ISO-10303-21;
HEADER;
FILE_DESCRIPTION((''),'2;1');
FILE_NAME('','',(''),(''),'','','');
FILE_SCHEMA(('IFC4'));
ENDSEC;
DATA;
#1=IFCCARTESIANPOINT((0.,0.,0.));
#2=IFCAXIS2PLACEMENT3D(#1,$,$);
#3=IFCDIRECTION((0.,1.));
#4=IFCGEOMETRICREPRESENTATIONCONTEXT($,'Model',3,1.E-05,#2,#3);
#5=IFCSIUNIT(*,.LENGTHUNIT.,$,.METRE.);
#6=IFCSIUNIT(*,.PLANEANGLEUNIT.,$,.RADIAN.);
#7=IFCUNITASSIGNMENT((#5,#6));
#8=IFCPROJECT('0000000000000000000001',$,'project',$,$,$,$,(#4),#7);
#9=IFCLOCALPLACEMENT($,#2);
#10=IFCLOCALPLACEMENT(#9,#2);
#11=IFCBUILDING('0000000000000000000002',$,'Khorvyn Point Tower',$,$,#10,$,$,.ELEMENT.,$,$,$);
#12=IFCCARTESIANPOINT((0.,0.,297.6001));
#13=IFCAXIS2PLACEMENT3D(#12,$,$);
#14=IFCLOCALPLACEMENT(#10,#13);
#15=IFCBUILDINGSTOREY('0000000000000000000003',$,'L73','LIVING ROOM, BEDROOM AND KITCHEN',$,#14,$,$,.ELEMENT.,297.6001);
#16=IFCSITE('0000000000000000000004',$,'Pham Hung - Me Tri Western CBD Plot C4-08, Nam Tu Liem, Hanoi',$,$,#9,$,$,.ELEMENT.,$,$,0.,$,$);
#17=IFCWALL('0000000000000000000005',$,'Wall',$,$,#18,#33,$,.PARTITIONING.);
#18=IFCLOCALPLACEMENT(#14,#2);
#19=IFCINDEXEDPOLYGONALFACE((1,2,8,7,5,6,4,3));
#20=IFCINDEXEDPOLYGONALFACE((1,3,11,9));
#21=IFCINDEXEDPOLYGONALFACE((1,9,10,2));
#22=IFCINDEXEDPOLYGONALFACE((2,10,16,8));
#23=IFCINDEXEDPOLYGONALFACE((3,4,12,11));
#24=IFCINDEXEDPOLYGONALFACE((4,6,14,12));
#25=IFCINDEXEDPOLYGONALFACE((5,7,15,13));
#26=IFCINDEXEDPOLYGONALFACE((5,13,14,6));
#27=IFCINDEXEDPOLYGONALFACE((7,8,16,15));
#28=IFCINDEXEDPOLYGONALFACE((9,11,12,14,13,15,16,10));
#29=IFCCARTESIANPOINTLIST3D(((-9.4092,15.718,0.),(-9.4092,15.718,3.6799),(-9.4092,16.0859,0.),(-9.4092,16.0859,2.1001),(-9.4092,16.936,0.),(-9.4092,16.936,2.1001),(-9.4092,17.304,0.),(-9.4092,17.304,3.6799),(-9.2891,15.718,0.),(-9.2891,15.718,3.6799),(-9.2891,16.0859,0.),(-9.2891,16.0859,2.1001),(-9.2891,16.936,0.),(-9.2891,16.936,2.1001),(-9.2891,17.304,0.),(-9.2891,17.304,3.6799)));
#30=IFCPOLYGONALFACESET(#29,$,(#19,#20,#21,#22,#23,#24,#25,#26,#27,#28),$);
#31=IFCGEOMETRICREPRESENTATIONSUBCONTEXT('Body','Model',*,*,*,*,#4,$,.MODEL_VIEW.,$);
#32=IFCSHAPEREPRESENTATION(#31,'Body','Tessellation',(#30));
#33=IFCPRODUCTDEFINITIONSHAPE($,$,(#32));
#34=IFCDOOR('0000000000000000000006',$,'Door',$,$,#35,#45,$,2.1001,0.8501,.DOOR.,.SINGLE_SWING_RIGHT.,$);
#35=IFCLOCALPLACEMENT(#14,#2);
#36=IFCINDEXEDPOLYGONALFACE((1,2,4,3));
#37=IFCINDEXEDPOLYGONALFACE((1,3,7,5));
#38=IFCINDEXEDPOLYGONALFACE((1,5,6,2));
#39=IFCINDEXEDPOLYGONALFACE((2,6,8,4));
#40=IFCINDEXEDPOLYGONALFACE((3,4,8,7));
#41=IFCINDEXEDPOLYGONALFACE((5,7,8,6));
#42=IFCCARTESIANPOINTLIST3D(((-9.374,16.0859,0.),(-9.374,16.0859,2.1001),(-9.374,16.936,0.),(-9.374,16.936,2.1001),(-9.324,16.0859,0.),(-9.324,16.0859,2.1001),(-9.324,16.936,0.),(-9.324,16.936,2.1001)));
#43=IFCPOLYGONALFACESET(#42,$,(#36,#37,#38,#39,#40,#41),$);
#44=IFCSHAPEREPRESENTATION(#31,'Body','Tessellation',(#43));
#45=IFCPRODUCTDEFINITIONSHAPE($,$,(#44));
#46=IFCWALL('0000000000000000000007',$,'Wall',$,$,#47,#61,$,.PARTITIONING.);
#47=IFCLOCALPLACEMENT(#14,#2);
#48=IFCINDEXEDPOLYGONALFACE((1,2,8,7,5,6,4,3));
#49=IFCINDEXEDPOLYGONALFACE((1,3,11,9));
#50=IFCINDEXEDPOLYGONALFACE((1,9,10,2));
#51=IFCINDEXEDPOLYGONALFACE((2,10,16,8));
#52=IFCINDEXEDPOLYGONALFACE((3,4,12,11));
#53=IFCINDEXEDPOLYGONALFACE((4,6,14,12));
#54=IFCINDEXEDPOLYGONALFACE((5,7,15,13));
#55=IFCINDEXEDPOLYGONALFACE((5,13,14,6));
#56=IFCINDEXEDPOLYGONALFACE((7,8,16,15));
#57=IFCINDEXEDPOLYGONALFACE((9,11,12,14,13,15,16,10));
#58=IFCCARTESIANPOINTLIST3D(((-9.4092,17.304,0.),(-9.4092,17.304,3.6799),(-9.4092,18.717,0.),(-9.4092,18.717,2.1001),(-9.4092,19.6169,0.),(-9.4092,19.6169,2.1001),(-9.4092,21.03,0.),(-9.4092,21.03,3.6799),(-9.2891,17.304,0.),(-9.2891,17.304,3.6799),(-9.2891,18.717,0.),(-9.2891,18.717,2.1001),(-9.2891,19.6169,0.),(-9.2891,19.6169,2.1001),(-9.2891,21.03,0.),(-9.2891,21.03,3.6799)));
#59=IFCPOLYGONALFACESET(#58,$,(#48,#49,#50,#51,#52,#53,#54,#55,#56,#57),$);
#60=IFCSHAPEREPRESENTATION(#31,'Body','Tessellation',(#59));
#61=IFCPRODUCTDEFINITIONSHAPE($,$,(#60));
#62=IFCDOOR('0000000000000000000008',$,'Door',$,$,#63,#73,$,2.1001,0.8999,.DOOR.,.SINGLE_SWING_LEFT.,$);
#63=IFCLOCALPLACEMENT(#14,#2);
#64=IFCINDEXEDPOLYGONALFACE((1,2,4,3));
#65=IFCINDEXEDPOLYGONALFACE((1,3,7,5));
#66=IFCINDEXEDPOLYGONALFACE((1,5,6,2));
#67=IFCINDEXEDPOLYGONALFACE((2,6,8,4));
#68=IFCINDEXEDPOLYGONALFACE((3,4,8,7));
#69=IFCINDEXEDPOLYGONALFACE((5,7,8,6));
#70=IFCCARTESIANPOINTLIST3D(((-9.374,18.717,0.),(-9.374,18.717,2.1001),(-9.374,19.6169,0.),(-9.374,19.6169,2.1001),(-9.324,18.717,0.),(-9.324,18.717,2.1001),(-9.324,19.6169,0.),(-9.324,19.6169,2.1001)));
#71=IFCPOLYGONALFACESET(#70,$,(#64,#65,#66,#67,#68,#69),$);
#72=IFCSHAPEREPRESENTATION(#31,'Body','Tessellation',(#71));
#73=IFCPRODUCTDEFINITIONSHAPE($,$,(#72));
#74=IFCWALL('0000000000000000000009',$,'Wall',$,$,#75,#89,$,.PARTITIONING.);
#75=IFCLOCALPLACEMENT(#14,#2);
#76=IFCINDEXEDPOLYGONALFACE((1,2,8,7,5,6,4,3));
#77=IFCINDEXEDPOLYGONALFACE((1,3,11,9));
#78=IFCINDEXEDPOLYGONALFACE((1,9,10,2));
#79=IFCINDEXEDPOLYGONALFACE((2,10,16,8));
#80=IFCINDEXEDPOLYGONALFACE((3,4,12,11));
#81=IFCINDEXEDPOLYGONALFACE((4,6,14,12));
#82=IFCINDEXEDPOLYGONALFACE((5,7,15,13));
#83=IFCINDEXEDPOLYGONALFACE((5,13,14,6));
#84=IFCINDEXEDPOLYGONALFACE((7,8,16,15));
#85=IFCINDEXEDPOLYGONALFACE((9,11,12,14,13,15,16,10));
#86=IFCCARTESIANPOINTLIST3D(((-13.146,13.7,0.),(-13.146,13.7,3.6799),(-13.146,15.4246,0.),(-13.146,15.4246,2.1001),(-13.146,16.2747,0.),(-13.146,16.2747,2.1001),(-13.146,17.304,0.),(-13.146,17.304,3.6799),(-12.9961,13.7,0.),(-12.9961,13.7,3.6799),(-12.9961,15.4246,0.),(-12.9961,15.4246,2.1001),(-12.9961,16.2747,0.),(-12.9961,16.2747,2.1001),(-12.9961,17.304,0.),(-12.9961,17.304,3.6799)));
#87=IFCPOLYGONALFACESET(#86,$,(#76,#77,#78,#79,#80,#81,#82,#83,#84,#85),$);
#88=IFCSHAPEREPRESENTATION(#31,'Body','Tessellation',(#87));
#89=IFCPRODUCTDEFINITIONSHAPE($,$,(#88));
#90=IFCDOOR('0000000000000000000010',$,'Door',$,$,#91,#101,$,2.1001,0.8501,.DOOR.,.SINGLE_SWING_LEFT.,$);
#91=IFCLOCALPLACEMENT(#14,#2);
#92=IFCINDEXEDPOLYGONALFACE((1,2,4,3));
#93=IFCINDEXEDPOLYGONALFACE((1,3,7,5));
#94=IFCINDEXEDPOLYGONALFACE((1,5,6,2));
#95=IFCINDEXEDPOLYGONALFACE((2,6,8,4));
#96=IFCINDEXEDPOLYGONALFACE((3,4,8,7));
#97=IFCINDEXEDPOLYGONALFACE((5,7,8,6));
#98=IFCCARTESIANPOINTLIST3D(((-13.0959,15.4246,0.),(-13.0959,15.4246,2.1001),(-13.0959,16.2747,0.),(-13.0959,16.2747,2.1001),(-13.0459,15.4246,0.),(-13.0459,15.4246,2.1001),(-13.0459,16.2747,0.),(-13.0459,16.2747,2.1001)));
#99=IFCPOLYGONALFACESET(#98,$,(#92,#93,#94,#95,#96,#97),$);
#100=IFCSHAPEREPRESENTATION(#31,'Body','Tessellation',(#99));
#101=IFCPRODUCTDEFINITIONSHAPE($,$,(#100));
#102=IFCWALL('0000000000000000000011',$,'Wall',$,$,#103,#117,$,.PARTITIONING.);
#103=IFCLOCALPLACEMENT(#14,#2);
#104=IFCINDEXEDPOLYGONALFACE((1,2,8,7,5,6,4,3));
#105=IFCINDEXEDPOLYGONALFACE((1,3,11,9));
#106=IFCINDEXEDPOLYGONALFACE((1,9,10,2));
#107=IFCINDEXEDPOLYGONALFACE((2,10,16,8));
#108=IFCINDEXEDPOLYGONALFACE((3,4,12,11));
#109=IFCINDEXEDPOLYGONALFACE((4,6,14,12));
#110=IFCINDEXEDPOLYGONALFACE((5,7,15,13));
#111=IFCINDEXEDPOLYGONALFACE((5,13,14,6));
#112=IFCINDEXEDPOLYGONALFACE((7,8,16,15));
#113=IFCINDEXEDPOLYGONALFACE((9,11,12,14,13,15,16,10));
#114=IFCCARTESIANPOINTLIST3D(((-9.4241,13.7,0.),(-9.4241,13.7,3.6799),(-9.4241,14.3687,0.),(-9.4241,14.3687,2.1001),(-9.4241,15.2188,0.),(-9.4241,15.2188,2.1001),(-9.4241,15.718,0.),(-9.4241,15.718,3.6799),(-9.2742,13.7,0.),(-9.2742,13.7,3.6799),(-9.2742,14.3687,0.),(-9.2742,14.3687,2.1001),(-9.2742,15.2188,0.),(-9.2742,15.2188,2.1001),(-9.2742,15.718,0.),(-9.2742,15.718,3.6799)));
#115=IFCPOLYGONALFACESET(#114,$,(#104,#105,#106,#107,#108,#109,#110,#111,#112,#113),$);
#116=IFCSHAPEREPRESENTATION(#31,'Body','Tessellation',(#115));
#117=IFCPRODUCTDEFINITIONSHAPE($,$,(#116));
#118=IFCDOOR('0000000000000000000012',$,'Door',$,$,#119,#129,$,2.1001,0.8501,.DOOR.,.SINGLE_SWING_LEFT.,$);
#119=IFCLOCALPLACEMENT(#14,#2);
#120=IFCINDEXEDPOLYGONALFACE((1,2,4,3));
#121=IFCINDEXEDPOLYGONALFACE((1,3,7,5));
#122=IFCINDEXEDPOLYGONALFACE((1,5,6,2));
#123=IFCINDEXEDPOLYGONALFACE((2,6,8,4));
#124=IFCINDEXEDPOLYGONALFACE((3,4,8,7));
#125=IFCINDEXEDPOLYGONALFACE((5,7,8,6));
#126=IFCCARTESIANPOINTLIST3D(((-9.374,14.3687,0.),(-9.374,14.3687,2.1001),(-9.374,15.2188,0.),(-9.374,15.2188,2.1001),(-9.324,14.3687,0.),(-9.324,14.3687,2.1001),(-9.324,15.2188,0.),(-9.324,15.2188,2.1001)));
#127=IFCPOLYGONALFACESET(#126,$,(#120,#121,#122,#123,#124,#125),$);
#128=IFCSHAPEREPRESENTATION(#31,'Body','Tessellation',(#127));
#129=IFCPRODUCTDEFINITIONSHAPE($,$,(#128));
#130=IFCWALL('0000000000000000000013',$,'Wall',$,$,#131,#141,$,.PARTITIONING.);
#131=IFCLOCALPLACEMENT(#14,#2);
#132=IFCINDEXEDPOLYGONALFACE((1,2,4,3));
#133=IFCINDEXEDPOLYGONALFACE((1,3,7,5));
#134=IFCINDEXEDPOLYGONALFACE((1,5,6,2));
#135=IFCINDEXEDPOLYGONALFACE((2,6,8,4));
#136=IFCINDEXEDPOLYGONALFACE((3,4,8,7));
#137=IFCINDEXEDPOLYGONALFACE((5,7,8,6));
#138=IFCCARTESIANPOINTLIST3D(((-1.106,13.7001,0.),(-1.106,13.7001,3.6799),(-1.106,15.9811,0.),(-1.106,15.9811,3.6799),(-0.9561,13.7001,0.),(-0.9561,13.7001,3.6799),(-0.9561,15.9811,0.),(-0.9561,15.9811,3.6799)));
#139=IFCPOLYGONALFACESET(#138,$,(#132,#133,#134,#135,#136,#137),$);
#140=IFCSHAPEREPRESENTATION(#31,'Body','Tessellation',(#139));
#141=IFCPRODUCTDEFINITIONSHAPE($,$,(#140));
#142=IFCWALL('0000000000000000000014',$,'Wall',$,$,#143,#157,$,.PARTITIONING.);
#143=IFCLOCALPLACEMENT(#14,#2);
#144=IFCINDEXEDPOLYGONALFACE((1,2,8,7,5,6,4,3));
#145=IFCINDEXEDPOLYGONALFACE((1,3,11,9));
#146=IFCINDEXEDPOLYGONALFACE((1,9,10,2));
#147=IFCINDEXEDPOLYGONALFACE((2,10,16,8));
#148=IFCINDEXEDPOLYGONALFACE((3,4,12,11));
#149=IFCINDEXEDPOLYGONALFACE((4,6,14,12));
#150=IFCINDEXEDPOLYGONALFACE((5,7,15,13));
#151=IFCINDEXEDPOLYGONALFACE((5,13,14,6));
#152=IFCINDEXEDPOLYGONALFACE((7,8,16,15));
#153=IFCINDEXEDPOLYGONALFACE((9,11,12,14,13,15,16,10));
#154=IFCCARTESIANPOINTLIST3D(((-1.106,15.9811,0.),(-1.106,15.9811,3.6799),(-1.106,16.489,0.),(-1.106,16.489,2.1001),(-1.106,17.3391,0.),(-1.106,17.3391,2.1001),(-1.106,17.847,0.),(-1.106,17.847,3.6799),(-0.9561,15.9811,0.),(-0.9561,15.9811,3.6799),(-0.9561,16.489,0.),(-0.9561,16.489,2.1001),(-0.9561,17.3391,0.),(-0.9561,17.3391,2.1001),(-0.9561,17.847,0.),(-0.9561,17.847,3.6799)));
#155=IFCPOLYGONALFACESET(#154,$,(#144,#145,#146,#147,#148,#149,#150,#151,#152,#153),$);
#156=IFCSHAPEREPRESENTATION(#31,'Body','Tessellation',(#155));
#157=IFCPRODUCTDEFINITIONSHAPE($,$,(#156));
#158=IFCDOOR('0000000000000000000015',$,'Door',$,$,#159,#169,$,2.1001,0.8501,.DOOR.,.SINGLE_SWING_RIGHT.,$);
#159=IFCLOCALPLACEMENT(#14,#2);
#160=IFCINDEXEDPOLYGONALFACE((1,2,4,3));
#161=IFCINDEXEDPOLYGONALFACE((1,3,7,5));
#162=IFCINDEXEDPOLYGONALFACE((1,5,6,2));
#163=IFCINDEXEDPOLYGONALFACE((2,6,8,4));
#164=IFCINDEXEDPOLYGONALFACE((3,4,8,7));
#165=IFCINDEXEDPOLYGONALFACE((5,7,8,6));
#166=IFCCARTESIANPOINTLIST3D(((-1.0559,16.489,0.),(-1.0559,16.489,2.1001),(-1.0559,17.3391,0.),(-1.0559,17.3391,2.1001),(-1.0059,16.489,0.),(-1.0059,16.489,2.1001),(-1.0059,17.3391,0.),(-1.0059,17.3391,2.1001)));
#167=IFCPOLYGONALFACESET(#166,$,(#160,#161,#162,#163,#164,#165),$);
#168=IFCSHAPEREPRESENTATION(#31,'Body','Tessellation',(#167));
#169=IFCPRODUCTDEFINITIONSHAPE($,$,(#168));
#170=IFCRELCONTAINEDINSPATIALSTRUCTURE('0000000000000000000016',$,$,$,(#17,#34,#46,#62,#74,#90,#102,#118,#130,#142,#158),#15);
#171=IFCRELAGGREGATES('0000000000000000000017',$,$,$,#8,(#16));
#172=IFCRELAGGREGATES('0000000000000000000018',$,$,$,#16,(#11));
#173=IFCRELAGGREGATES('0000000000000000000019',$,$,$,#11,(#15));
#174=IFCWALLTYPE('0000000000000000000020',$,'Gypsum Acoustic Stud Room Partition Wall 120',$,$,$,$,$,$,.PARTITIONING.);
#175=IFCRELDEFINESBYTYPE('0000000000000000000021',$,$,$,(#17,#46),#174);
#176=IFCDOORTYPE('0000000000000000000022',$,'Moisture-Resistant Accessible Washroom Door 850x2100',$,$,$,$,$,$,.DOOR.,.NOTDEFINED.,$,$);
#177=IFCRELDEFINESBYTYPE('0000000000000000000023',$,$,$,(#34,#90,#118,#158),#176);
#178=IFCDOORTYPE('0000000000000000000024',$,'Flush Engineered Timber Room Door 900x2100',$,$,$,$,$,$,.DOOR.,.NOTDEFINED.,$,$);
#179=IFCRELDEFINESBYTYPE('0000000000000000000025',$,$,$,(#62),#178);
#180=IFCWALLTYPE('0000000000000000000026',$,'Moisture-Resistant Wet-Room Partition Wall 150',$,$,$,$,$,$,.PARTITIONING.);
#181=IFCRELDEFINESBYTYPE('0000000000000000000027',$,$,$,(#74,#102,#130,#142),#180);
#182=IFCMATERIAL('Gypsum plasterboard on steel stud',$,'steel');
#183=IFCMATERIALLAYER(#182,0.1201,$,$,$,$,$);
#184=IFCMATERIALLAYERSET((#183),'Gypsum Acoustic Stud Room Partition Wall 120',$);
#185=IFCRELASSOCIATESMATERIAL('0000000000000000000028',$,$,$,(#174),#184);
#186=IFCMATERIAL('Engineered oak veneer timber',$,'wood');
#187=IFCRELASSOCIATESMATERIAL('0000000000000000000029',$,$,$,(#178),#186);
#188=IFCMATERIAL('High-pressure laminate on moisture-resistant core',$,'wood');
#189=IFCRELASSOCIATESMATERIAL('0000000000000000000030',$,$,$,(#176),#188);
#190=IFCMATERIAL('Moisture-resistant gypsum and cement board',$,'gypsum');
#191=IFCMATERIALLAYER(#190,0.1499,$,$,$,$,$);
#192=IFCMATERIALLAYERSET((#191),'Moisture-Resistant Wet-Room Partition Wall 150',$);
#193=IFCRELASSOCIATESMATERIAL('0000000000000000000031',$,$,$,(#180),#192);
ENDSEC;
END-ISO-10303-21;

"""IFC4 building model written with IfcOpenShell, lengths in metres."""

from ifc_helpers import new_model, si_unit, direction, frame, frame_2d, origin, place, context, subcontext, project, spatial, rectangle, extrude, material, layer, layer_set, type_object, element, fill, save


model = new_model("IFC4")

# Units and contexts
model_context = context("Model", 3, precision=1e-05, world=origin(), true_north=direction((0.0, 1.0)))
body_context = subcontext(model_context, "Body", "Model", "MODEL_VIEW")
ifc_project = project(units=[si_unit("LENGTHUNIT", "METRE"), si_unit("PLANEANGLEUNIT", "RADIAN")], contexts=[model_context])

# Site, building, storey
site_placement = place(None, origin())
site = spatial("IfcSite", under=ifc_project, at=site_placement, Name="Pham Hung - Me Tri Western CBD Plot C4-08, Nam Tu Liem, Hanoi", CompositionType="ELEMENT", RefElevation=0.0)
building_placement = place(site_placement, origin())
building = spatial("IfcBuilding", under=site, at=building_placement, Name="Khorvyn Point Tower", CompositionType="ELEMENT")
storey_placement = place(building_placement, frame((0.0, 0.0, 297.6001)))
storey = spatial("IfcBuildingStorey", under=building, at=storey_placement, Name="L73", Description="LIVING ROOM, BEDROOM AND KITCHEN", CompositionType="ELEMENT", Elevation=297.6001)

# Walls, openings, doors
ifc_material_1 = material(Name="Gypsum plasterboard on steel stud", Category="steel")
ifc_layer_1 = layer(ifc_material_1, 0.1201)
ifc_layer_set_1 = layer_set([ifc_layer_1], Name="Gypsum Acoustic Stud Room Partition Wall 120")
wall_type_1 = type_object("IfcWallType", Name="Gypsum Acoustic Stud Room Partition Wall 120", PredefinedType="PARTITIONING", material=ifc_layer_set_1)
ifc_material_2 = material(Name="Engineered oak veneer timber", Category="wood")
door_type_1 = type_object("IfcDoorType", Name="Flush Engineered Timber Room Door 900x2100", OperationType="NOTDEFINED", PredefinedType="DOOR", material=ifc_material_2)
wall_1_placement = place(storey_placement, frame((-9.3491, 15.718, 0.0), z_axis=(0.0, 0.0, 1.0), x_axis=(0.0, 1.0, 0.0)))
wall_1 = element("IfcWall", 1, at=wall_1_placement, inside=storey, type_object=wall_type_1, Name="Wall", PredefinedType="PARTITIONING", context=body_context, shape_type="SweptSolid", body=[
    extrude(rectangle(XDim=1.5859, YDim=0.1201, at=frame_2d((0.793, 0.0))), origin(), (0.0, 0.0, 1.0), 3.6799),
])
opening_1_placement = place(wall_1_placement, frame((0.3679, 0.0, 0.0)))
opening_1 = element("IfcOpeningElement", 2, at=opening_1_placement, cuts=wall_1, PredefinedType="OPENING", context=body_context, shape_type="SweptSolid", body=[
    extrude(rectangle(XDim=0.8501, YDim=2.1001, at=frame_2d((0.425, 1.05))), frame((0.0, 0.0701, 0.0), z_axis=(0.0, -1.0, 0.0), x_axis=(1.0, 0.0, 0.0)), (0.0, 0.0, 1.0), 0.1401),
])
ifc_material_3 = material(Name="High-pressure laminate on moisture-resistant core", Category="wood")
door_type_2 = type_object("IfcDoorType", Name="Moisture-Resistant Accessible Washroom Door 850x2100", OperationType="NOTDEFINED", PredefinedType="DOOR", material=ifc_material_3)
door_1_placement = place(opening_1_placement, origin())
door_1 = element("IfcDoor", 3, at=door_1_placement, inside=storey, type_object=door_type_2, Name="Door", OperationType="SINGLE_SWING_RIGHT", OverallHeight=2.1001, OverallWidth=0.8501, PredefinedType="DOOR", context=body_context, shape_type="SweptSolid", body=[
    extrude(rectangle(XDim=0.8501, YDim=2.1001, at=frame_2d((0.425, 1.05))), frame((0.0, 0.0249, 0.0), z_axis=(0.0, -1.0, 0.0), x_axis=(1.0, 0.0, 0.0)), (0.0, 0.0, 1.0), 0.05),
])
fill(opening_1, door_1)
wall_2_placement = place(storey_placement, frame((-9.3491, 17.304, 0.0), z_axis=(0.0, 0.0, 1.0), x_axis=(0.0, 1.0, 0.0)))
wall_2 = element("IfcWall", 4, at=wall_2_placement, inside=storey, type_object=wall_type_1, Name="Wall", PredefinedType="PARTITIONING", context=body_context, shape_type="SweptSolid", body=[
    extrude(rectangle(XDim=3.7261, YDim=0.1201, at=frame_2d((1.863, 0.0))), origin(), (0.0, 0.0, 1.0), 3.6799),
])
opening_2_placement = place(wall_2_placement, frame((1.4131, 0.0, 0.0)))
opening_2 = element("IfcOpeningElement", 5, at=opening_2_placement, cuts=wall_2, PredefinedType="OPENING", context=body_context, shape_type="SweptSolid", body=[
    extrude(rectangle(XDim=0.8999, YDim=2.1001, at=frame_2d((0.45, 1.05))), frame((0.0, 0.0701, 0.0), z_axis=(0.0, -1.0, 0.0), x_axis=(1.0, 0.0, 0.0)), (0.0, 0.0, 1.0), 0.1401),
])
door_2_placement = place(opening_2_placement, origin())
door_2 = element("IfcDoor", 6, at=door_2_placement, inside=storey, type_object=door_type_1, Name="Door", OperationType="SINGLE_SWING_LEFT", OverallHeight=2.1001, OverallWidth=0.8999, PredefinedType="DOOR", context=body_context, shape_type="SweptSolid", body=[
    extrude(rectangle(XDim=0.8999, YDim=2.1001, at=frame_2d((0.45, 1.05))), frame((0.0, 0.0249, 0.0), z_axis=(0.0, -1.0, 0.0), x_axis=(1.0, 0.0, 0.0)), (0.0, 0.0, 1.0), 0.05),
])
fill(opening_2, door_2)
ifc_material_4 = material(Name="Moisture-resistant gypsum and cement board", Category="gypsum")
ifc_layer_2 = layer(ifc_material_4, 0.1499)
ifc_layer_set_2 = layer_set([ifc_layer_2], Name="Moisture-Resistant Wet-Room Partition Wall 150")
wall_type_2 = type_object("IfcWallType", Name="Moisture-Resistant Wet-Room Partition Wall 150", PredefinedType="PARTITIONING", material=ifc_layer_set_2)
wall_3_placement = place(storey_placement, frame((-13.071, 13.7, 0.0), z_axis=(0.0, 0.0, 1.0), x_axis=(0.0, 1.0, 0.0)))
wall_3 = element("IfcWall", 7, at=wall_3_placement, inside=storey, type_object=wall_type_2, Name="Wall", PredefinedType="PARTITIONING", context=body_context, shape_type="SweptSolid", body=[
    extrude(rectangle(XDim=3.604, YDim=0.1499, at=frame_2d((1.802, 0.0))), origin(), (0.0, 0.0, 1.0), 3.6799),
])
opening_3_placement = place(wall_3_placement, frame((1.7246, 0.0, 0.0)))
opening_3 = element("IfcOpeningElement", 8, at=opening_3_placement, cuts=wall_3, PredefinedType="OPENING", context=body_context, shape_type="SweptSolid", body=[
    extrude(rectangle(XDim=0.8501, YDim=2.1001, at=frame_2d((0.425, 1.05))), frame((0.0, 0.085, 0.0), z_axis=(0.0, -1.0, 0.0), x_axis=(1.0, 0.0, 0.0)), (0.0, 0.0, 1.0), 0.1699),
])
door_3_placement = place(opening_3_placement, origin())
door_3 = element("IfcDoor", 9, at=door_3_placement, inside=storey, type_object=door_type_2, Name="Door", OperationType="SINGLE_SWING_LEFT", OverallHeight=2.1001, OverallWidth=0.8501, PredefinedType="DOOR", context=body_context, shape_type="SweptSolid", body=[
    extrude(rectangle(XDim=0.8501, YDim=2.1001, at=frame_2d((0.425, 1.05))), frame((0.0, 0.0249, 0.0), z_axis=(0.0, -1.0, 0.0), x_axis=(1.0, 0.0, 0.0)), (0.0, 0.0, 1.0), 0.05),
])
fill(opening_3, door_3)
wall_4_placement = place(storey_placement, frame((-9.3491, 13.7, 0.0), z_axis=(0.0, 0.0, 1.0), x_axis=(0.0, 1.0, 0.0)))
wall_4 = element("IfcWall", 10, at=wall_4_placement, inside=storey, type_object=wall_type_2, Name="Wall", PredefinedType="PARTITIONING", context=body_context, shape_type="SweptSolid", body=[
    extrude(rectangle(XDim=2.0181, YDim=0.1499, at=frame_2d((1.009, 0.0))), origin(), (0.0, 0.0, 1.0), 3.6799),
])
opening_4_placement = place(wall_4_placement, frame((0.6687, 0.0, 0.0)))
opening_4 = element("IfcOpeningElement", 11, at=opening_4_placement, cuts=wall_4, PredefinedType="OPENING", context=body_context, shape_type="SweptSolid", body=[
    extrude(rectangle(XDim=0.8501, YDim=2.1001, at=frame_2d((0.425, 1.05))), frame((0.0, 0.085, 0.0), z_axis=(0.0, -1.0, 0.0), x_axis=(1.0, 0.0, 0.0)), (0.0, 0.0, 1.0), 0.1699),
])
door_4_placement = place(opening_4_placement, origin())
door_4 = element("IfcDoor", 12, at=door_4_placement, inside=storey, type_object=door_type_2, Name="Door", OperationType="SINGLE_SWING_LEFT", OverallHeight=2.1001, OverallWidth=0.8501, PredefinedType="DOOR", context=body_context, shape_type="SweptSolid", body=[
    extrude(rectangle(XDim=0.8501, YDim=2.1001, at=frame_2d((0.425, 1.05))), frame((0.0, 0.0249, 0.0), z_axis=(0.0, -1.0, 0.0), x_axis=(1.0, 0.0, 0.0)), (0.0, 0.0, 1.0), 0.05),
])
fill(opening_4, door_4)

# Wall
wall_5_placement = place(storey_placement, frame((-1.031, 13.7, 0.0), z_axis=(0.0, 0.0, 1.0), x_axis=(0.0, 1.0, 0.0)))
element("IfcWall", 13, at=wall_5_placement, inside=storey, type_object=wall_type_2, Name="Wall", PredefinedType="PARTITIONING", context=body_context, shape_type="SweptSolid", body=[
    extrude(rectangle(XDim=2.281, YDim=0.1499, at=frame_2d((1.1406, 0.0))), origin(), (0.0, 0.0, 1.0), 3.6799),
])

# Wall, opening, door
wall_6_placement = place(storey_placement, frame((-1.031, 15.981, 0.0), z_axis=(0.0, 0.0, 1.0), x_axis=(0.0, 1.0, 0.0)))
wall_6 = element("IfcWall", 14, at=wall_6_placement, inside=storey, type_object=wall_type_2, Name="Wall", PredefinedType="PARTITIONING", context=body_context, shape_type="SweptSolid", body=[
    extrude(rectangle(XDim=1.866, YDim=0.1499, at=frame_2d((0.9331, 0.0))), origin(), (0.0, 0.0, 1.0), 3.6799),
])
opening_5_placement = place(wall_6_placement, frame((0.5081, 0.0, 0.0)))
opening_5 = element("IfcOpeningElement", 15, at=opening_5_placement, cuts=wall_6, PredefinedType="OPENING", context=body_context, shape_type="SweptSolid", body=[
    extrude(rectangle(XDim=0.8501, YDim=2.1001, at=frame_2d((0.425, 1.05))), frame((0.0, 0.085, 0.0), z_axis=(0.0, -1.0, 0.0), x_axis=(1.0, 0.0, 0.0)), (0.0, 0.0, 1.0), 0.1699),
])
door_5_placement = place(opening_5_placement, origin())
door_5 = element("IfcDoor", 16, at=door_5_placement, inside=storey, type_object=door_type_2, Name="Door", OperationType="SINGLE_SWING_RIGHT", OverallHeight=2.1001, OverallWidth=0.8501, PredefinedType="DOOR", context=body_context, shape_type="SweptSolid", body=[
    extrude(rectangle(XDim=0.8501, YDim=2.1001, at=frame_2d((0.425, 1.05))), frame((0.0, 0.0249, 0.0), z_axis=(0.0, -1.0, 0.0), x_axis=(1.0, 0.0, 0.0)), (0.0, 0.0, 1.0), 0.05),
])
fill(opening_5, door_5)

save(model, "model.ifc")
